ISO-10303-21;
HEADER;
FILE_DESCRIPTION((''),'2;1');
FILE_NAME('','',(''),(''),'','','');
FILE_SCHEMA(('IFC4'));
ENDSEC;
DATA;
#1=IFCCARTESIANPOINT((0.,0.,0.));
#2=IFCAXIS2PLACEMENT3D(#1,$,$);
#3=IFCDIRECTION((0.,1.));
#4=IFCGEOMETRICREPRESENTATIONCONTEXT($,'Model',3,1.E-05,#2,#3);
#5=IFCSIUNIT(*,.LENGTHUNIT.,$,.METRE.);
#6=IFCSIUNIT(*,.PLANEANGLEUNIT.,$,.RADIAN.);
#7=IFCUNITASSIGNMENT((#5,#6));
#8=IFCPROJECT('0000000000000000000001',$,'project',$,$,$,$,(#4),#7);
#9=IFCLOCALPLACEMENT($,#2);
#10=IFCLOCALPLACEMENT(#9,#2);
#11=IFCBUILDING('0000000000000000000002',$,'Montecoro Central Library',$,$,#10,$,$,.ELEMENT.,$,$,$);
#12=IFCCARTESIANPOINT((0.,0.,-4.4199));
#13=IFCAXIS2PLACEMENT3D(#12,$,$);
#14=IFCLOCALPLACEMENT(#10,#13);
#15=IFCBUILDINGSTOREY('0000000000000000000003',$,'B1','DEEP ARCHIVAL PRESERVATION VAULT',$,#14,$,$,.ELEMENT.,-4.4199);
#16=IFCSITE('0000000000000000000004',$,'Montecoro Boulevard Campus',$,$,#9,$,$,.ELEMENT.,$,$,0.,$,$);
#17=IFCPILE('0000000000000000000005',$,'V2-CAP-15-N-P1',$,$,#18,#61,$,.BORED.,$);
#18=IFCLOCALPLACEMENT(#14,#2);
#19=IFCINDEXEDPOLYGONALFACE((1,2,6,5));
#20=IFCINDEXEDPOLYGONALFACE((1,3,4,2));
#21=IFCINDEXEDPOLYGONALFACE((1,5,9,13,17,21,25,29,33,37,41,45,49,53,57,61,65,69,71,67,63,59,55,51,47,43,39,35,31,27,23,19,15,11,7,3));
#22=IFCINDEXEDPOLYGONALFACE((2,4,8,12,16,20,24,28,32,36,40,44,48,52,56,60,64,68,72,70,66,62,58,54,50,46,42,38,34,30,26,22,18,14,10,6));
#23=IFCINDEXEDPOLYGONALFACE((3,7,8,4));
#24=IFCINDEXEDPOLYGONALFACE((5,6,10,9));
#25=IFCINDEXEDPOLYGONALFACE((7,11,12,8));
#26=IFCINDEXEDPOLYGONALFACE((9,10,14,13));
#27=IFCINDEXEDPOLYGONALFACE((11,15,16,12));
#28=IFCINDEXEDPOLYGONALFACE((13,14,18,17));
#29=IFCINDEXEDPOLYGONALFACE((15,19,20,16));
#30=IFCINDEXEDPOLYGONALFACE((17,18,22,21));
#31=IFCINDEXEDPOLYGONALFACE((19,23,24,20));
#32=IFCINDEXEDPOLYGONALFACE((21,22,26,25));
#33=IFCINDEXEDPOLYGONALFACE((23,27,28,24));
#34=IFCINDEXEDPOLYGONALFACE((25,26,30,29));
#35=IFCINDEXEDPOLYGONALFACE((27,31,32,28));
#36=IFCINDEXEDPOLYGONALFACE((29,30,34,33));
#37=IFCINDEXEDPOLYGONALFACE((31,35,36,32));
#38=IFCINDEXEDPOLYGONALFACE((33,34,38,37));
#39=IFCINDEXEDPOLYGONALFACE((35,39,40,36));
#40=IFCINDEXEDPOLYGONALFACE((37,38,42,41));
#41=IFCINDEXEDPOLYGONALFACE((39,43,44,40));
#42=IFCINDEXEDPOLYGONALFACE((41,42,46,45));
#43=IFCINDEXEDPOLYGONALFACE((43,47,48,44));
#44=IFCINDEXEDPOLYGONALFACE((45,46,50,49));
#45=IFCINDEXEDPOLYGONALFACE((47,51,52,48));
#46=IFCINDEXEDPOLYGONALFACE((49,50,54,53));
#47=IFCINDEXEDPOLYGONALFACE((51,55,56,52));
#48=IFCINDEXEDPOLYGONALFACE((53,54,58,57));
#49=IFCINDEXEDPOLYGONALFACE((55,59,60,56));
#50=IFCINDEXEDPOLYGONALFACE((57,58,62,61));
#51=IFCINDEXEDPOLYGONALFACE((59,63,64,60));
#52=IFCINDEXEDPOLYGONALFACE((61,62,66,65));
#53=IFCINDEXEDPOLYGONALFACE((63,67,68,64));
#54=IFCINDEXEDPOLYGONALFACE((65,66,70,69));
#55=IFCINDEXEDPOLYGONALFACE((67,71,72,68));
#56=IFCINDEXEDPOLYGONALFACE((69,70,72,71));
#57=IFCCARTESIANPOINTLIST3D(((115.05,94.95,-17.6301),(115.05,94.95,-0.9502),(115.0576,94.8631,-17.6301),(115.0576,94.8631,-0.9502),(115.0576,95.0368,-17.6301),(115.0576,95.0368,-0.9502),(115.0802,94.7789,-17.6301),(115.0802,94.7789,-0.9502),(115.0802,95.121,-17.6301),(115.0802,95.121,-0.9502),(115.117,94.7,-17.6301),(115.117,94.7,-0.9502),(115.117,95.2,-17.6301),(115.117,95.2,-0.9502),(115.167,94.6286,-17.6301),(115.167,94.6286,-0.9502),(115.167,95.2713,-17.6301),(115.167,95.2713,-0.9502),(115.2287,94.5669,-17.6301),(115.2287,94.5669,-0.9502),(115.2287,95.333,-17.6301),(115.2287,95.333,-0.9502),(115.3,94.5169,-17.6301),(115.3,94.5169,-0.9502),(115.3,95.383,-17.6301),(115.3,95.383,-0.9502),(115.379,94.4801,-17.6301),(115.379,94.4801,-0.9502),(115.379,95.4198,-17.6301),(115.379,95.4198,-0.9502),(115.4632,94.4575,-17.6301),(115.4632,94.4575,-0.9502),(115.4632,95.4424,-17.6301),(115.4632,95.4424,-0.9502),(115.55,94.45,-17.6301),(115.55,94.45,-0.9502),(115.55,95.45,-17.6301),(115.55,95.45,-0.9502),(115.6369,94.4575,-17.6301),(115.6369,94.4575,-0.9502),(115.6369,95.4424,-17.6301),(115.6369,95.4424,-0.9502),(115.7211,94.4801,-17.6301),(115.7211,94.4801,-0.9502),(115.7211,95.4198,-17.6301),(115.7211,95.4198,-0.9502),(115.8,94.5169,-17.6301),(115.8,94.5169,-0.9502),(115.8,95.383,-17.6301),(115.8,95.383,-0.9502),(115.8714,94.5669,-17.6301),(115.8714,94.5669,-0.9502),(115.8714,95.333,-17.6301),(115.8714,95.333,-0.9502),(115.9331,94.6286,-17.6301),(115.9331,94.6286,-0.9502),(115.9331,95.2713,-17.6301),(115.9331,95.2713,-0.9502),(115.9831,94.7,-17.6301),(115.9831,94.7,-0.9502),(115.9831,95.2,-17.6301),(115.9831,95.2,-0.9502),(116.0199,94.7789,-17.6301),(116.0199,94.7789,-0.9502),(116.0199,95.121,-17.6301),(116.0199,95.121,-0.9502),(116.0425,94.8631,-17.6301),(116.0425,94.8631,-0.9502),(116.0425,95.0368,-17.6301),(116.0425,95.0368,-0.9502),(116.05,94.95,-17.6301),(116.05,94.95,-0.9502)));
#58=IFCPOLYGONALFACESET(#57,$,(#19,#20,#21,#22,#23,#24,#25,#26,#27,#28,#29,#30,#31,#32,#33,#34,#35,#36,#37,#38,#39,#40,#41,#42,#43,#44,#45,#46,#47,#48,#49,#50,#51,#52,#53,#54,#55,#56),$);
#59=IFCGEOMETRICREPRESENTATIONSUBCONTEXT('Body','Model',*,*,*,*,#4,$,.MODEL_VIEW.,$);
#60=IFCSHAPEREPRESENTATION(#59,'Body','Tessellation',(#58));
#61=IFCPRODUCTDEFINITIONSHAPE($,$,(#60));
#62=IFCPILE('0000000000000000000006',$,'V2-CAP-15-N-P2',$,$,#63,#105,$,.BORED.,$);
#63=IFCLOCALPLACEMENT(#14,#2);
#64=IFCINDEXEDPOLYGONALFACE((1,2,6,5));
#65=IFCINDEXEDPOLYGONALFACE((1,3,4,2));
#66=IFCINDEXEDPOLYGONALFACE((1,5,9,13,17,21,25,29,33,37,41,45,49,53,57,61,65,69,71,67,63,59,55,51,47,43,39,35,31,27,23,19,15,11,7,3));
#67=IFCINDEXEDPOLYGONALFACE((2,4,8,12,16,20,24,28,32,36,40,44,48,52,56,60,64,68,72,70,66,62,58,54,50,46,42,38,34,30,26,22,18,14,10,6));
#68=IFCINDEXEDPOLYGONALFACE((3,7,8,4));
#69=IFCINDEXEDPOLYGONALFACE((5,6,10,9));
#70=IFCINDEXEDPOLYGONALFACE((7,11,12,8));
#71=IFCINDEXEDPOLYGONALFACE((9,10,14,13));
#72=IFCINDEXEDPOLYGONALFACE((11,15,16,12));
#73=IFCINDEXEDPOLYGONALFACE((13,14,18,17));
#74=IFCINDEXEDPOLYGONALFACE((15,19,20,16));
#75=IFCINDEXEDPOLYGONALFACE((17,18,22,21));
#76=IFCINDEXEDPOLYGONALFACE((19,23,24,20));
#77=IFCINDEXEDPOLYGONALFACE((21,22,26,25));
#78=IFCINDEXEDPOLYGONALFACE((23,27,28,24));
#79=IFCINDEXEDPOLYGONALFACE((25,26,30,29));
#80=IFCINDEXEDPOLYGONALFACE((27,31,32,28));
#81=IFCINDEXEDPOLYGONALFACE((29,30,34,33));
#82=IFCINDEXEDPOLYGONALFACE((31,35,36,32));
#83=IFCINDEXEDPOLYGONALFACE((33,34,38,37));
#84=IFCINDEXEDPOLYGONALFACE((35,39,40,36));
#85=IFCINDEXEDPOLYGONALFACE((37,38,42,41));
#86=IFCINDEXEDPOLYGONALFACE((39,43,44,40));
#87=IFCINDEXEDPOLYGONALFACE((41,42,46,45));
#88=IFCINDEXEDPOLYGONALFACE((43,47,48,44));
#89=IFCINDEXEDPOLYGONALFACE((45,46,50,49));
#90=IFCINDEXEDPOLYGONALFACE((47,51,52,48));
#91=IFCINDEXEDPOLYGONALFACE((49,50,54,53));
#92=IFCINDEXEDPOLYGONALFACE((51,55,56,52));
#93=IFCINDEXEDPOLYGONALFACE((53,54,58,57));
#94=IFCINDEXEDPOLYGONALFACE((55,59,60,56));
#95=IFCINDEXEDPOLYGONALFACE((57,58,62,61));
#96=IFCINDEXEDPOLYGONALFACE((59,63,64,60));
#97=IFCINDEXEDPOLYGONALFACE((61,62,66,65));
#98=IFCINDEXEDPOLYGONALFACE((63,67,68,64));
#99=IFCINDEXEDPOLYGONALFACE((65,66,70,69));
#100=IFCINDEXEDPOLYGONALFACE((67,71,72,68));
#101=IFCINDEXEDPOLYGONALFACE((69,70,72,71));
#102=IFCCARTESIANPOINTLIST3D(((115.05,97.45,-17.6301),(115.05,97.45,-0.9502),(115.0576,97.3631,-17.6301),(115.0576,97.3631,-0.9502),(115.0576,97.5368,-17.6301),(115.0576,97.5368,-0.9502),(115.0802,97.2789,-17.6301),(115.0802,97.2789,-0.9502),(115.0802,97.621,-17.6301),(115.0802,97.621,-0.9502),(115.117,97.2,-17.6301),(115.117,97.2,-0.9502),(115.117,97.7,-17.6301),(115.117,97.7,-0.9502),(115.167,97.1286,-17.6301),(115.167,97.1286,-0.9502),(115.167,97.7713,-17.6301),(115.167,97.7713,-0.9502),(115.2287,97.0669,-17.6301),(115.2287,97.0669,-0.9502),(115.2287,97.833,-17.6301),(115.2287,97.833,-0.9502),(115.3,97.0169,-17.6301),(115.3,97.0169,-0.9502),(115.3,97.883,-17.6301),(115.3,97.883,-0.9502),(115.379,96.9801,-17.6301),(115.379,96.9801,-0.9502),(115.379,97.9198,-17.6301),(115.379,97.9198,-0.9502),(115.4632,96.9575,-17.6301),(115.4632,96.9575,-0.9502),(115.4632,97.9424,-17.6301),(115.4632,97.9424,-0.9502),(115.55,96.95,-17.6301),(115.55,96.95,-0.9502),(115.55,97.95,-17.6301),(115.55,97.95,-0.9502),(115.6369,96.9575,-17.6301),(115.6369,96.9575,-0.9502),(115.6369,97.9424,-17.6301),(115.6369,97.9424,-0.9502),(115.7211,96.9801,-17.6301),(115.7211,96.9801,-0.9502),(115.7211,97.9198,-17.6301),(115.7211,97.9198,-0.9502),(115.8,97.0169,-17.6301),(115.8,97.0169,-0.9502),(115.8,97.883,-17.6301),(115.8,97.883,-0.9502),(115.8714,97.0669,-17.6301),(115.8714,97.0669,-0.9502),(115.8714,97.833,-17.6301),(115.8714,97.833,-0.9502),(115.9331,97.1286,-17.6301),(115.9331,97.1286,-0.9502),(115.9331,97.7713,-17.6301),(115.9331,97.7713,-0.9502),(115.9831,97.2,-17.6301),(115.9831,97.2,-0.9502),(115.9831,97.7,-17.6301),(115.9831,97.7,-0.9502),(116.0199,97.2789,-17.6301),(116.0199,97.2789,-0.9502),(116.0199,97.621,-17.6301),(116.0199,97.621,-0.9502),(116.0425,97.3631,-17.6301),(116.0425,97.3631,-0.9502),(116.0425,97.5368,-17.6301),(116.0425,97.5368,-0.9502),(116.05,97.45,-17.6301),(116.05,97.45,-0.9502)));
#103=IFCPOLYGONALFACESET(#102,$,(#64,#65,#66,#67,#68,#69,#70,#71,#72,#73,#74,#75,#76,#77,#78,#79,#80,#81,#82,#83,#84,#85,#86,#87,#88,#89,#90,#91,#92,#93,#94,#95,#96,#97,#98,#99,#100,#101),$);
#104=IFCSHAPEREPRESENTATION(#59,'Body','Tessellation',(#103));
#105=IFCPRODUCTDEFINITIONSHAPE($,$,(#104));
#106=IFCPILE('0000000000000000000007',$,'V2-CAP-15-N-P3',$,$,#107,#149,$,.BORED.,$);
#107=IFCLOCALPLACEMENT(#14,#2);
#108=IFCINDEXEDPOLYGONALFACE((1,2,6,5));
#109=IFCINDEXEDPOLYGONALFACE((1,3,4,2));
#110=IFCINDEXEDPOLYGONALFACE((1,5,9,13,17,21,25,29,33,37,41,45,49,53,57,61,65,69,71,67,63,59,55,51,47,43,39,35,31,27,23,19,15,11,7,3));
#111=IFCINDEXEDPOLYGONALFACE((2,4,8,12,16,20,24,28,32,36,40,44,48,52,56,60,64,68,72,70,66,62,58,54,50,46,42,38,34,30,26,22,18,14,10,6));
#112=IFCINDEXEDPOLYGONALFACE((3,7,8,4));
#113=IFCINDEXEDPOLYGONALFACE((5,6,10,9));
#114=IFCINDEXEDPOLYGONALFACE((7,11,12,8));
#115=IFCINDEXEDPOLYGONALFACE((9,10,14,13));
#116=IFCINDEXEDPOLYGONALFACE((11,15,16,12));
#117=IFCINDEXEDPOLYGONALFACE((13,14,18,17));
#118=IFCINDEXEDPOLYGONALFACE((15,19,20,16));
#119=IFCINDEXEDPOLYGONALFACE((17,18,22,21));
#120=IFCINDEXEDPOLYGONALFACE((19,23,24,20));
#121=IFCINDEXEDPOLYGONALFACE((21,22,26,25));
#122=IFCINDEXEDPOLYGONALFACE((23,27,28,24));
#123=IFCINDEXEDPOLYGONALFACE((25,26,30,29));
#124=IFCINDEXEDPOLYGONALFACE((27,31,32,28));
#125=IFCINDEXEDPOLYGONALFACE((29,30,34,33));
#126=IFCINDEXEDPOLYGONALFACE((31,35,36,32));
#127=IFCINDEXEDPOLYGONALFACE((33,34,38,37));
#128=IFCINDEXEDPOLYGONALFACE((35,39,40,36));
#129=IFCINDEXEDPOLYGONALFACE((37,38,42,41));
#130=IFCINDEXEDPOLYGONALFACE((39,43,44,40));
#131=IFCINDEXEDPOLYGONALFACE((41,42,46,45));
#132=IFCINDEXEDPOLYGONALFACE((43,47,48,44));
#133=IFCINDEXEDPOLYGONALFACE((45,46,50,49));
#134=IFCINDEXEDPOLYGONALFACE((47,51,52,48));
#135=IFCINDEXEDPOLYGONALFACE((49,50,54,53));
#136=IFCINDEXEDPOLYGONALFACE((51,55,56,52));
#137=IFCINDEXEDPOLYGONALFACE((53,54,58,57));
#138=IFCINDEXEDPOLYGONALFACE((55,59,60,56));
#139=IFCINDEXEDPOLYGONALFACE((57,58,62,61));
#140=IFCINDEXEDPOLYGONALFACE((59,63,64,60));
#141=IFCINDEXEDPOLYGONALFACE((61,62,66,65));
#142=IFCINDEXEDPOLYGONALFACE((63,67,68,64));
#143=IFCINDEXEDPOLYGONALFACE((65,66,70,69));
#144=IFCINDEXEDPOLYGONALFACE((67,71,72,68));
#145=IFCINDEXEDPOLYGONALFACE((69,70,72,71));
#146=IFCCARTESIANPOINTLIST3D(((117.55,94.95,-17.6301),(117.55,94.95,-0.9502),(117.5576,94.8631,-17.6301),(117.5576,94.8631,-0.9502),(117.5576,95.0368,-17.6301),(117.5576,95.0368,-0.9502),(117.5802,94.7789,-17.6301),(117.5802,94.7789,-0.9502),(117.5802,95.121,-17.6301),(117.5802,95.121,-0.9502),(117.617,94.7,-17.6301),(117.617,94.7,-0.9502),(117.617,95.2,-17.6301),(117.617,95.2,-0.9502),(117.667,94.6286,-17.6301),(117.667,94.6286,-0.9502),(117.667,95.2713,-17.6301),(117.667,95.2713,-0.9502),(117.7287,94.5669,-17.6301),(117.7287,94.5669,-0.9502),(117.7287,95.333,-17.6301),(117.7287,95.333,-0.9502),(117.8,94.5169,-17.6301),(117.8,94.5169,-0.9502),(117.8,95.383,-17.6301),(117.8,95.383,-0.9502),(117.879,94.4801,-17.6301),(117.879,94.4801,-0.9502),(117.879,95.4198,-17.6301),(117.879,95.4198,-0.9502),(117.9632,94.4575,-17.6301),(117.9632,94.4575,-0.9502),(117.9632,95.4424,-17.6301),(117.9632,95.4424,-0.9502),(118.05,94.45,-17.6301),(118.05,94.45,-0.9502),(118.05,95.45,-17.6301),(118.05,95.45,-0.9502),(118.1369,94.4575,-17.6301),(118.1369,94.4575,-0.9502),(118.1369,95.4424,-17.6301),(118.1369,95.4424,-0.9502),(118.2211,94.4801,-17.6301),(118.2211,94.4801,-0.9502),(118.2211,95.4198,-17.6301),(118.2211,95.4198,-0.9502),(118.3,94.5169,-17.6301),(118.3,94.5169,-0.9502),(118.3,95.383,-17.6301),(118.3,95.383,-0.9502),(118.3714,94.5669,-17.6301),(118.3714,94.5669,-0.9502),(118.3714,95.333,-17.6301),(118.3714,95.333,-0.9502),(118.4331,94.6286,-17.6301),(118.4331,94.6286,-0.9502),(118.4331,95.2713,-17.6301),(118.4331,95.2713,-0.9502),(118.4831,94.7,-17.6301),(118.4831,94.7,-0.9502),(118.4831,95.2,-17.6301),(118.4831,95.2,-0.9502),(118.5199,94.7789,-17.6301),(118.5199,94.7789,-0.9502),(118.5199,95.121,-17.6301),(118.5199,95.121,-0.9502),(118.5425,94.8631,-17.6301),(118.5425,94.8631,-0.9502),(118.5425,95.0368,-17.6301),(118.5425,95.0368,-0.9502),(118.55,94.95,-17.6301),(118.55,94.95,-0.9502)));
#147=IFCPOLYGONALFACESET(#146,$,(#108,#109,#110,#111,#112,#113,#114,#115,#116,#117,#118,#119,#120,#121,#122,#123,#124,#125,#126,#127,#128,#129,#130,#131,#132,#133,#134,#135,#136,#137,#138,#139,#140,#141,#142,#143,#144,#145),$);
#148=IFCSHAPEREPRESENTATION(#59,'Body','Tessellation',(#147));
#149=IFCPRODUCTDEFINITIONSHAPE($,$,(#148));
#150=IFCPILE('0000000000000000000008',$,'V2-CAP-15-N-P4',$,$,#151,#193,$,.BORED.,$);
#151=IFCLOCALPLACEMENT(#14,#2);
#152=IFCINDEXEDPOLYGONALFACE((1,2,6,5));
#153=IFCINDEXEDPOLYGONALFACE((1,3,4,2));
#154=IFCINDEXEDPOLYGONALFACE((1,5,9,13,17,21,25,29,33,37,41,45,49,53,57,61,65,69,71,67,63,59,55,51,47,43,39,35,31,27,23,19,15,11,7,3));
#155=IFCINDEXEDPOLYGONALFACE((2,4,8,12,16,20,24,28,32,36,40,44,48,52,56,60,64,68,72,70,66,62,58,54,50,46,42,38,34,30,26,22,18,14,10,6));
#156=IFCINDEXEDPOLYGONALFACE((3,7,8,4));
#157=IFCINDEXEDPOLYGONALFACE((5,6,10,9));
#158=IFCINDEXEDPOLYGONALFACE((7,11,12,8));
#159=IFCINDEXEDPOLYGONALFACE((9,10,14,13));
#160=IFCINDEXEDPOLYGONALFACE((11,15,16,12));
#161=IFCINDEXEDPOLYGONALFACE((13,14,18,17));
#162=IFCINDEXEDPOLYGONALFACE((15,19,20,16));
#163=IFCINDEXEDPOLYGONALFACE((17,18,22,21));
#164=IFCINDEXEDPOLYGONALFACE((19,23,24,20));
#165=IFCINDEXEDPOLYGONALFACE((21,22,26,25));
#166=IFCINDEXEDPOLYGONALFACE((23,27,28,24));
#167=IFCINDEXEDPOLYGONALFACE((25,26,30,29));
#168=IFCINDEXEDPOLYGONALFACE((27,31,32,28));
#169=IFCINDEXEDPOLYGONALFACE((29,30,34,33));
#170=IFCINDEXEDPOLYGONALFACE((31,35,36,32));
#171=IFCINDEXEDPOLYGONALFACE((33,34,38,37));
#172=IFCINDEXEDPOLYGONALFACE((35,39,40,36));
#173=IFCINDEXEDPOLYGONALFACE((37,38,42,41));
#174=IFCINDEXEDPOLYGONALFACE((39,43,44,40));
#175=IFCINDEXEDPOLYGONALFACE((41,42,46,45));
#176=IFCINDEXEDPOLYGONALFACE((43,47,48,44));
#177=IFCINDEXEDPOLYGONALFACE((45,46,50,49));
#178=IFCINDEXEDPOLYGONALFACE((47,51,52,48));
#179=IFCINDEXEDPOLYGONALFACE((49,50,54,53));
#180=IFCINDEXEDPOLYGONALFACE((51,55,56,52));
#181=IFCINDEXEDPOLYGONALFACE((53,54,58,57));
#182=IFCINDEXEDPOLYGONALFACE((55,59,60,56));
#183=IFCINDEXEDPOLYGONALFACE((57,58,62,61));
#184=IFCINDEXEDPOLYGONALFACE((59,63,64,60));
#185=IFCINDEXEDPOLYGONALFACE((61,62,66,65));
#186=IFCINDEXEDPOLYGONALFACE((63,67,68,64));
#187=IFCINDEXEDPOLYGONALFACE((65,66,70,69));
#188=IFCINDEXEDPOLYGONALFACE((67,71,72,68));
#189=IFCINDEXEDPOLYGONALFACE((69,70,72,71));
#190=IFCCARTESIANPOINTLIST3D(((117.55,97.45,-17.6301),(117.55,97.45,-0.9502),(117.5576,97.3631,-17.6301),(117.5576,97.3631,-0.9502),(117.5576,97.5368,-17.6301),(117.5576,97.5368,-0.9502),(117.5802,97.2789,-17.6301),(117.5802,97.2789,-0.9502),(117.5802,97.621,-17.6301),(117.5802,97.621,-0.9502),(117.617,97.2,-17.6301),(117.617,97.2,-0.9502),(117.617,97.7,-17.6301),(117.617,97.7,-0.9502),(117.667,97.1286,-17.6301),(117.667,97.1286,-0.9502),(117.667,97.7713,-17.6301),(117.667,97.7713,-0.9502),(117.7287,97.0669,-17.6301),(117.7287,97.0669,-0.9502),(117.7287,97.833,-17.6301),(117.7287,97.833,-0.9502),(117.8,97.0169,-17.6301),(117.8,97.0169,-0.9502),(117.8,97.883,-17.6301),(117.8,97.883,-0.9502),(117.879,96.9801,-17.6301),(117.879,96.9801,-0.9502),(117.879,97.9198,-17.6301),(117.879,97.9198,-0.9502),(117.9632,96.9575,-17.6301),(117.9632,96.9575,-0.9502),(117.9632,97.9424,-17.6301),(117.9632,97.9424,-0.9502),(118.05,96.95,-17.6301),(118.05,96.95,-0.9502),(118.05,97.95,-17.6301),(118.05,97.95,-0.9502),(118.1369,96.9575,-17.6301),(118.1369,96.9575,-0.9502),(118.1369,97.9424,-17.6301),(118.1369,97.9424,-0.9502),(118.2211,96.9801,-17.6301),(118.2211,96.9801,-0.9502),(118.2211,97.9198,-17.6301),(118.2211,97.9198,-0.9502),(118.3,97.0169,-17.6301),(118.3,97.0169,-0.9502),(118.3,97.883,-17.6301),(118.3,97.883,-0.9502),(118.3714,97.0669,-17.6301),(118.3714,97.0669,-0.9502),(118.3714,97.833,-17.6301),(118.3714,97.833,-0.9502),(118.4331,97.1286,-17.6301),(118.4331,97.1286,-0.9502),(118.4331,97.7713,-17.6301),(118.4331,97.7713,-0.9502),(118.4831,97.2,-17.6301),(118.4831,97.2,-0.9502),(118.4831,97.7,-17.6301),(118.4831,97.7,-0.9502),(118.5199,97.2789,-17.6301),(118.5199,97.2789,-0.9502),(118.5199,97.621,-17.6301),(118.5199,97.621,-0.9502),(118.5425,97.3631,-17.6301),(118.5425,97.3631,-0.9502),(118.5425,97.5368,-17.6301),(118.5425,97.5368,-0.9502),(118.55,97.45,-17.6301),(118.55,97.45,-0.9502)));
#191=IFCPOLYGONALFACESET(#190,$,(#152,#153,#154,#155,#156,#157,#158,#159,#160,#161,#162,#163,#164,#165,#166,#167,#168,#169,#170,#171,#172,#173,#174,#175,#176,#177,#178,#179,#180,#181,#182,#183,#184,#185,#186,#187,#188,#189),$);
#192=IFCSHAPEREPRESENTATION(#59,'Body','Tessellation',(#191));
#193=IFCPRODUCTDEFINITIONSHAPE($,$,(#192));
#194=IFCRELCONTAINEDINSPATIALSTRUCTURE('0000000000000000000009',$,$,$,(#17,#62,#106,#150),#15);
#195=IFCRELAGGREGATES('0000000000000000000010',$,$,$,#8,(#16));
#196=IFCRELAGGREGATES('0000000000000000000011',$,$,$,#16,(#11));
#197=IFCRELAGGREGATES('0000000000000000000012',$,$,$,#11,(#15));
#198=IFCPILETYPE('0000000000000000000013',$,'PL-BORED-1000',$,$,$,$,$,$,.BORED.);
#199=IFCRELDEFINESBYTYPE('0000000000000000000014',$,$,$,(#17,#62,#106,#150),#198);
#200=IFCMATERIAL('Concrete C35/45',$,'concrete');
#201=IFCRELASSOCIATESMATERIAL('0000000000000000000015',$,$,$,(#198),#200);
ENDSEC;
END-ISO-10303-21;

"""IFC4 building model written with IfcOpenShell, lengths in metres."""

from ifc_helpers import new_model, si_unit, direction, frame, origin, origin_2d, place, context, subcontext, project, spatial, circle, extrude, material, material_profile, profile_set, type_object, element, save


model = new_model("IFC4")

# Units and contexts
model_context = context("Model", 3, precision=1e-05, world=origin(), true_north=direction((0.0, 1.0)))
body_context = subcontext(model_context, "Body", "Model", "MODEL_VIEW")
ifc_project = project(units=[si_unit("LENGTHUNIT", "METRE"), si_unit("PLANEANGLEUNIT", "RADIAN")], contexts=[model_context])

# Site, building, storey
site_placement = place(None, origin())
site = spatial("IfcSite", under=ifc_project, at=site_placement, Name="Montecoro Boulevard Campus", CompositionType="ELEMENT", RefElevation=0.0)
building_placement = place(site_placement, origin())
building = spatial("IfcBuilding", under=site, at=building_placement, Name="Montecoro Central Library", CompositionType="ELEMENT")
storey_placement = place(building_placement, frame((0.0, 0.0, -4.4199)))
storey = spatial("IfcBuildingStorey", under=building, at=storey_placement, Name="B1", Description="DEEP ARCHIVAL PRESERVATION VAULT", CompositionType="ELEMENT", Elevation=-4.4199)

# Shared definitions
ifc_material_1 = material(Name="Concrete C35/45", Category="concrete")

# Piles
ifc_material_profile_1 = material_profile(ifc_material_1, circle(Radius=0.5, at=origin_2d()), Name="PILE D1000")
ifc_profile_set_1 = profile_set([ifc_material_profile_1], Name="Concrete C35/45")
pile_type_1 = type_object("IfcPileType", Name="PL-BORED-1000", PredefinedType="BORED", material=ifc_profile_set_1)
for number, where, z_axis, x_axis, name in (
    (1, (115.55, 94.95, -0.9502), (0.0, 0.0, -1.0), (1.0, 0.0, 0.0), "V2-CAP-15-N-P1"),
    (2, (115.55, 97.45, -0.9502), (0.0, 0.0, -1.0), (1.0, 0.0, 0.0), "V2-CAP-15-N-P2"),
    (3, (118.05, 94.95, -0.9502), (0.0, 0.0, -1.0), (1.0, 0.0, 0.0), "V2-CAP-15-N-P3"),
    (4, (118.05, 97.45, -0.9502), (0.0, 0.0, -1.0), (1.0, 0.0, 0.0), "V2-CAP-15-N-P4"),
):
    element("IfcPile", number, at=place(storey_placement, frame(where, z_axis=z_axis, x_axis=x_axis)), inside=storey, type_object=pile_type_1, Name=name, PredefinedType="BORED", context=body_context, shape_type="SweptSolid", body=[
        extrude(circle(Radius=0.5, at=origin_2d()), origin(), (0.0, 0.0, 1.0), 16.6799),
    ])

save(model, "model.ifc")
